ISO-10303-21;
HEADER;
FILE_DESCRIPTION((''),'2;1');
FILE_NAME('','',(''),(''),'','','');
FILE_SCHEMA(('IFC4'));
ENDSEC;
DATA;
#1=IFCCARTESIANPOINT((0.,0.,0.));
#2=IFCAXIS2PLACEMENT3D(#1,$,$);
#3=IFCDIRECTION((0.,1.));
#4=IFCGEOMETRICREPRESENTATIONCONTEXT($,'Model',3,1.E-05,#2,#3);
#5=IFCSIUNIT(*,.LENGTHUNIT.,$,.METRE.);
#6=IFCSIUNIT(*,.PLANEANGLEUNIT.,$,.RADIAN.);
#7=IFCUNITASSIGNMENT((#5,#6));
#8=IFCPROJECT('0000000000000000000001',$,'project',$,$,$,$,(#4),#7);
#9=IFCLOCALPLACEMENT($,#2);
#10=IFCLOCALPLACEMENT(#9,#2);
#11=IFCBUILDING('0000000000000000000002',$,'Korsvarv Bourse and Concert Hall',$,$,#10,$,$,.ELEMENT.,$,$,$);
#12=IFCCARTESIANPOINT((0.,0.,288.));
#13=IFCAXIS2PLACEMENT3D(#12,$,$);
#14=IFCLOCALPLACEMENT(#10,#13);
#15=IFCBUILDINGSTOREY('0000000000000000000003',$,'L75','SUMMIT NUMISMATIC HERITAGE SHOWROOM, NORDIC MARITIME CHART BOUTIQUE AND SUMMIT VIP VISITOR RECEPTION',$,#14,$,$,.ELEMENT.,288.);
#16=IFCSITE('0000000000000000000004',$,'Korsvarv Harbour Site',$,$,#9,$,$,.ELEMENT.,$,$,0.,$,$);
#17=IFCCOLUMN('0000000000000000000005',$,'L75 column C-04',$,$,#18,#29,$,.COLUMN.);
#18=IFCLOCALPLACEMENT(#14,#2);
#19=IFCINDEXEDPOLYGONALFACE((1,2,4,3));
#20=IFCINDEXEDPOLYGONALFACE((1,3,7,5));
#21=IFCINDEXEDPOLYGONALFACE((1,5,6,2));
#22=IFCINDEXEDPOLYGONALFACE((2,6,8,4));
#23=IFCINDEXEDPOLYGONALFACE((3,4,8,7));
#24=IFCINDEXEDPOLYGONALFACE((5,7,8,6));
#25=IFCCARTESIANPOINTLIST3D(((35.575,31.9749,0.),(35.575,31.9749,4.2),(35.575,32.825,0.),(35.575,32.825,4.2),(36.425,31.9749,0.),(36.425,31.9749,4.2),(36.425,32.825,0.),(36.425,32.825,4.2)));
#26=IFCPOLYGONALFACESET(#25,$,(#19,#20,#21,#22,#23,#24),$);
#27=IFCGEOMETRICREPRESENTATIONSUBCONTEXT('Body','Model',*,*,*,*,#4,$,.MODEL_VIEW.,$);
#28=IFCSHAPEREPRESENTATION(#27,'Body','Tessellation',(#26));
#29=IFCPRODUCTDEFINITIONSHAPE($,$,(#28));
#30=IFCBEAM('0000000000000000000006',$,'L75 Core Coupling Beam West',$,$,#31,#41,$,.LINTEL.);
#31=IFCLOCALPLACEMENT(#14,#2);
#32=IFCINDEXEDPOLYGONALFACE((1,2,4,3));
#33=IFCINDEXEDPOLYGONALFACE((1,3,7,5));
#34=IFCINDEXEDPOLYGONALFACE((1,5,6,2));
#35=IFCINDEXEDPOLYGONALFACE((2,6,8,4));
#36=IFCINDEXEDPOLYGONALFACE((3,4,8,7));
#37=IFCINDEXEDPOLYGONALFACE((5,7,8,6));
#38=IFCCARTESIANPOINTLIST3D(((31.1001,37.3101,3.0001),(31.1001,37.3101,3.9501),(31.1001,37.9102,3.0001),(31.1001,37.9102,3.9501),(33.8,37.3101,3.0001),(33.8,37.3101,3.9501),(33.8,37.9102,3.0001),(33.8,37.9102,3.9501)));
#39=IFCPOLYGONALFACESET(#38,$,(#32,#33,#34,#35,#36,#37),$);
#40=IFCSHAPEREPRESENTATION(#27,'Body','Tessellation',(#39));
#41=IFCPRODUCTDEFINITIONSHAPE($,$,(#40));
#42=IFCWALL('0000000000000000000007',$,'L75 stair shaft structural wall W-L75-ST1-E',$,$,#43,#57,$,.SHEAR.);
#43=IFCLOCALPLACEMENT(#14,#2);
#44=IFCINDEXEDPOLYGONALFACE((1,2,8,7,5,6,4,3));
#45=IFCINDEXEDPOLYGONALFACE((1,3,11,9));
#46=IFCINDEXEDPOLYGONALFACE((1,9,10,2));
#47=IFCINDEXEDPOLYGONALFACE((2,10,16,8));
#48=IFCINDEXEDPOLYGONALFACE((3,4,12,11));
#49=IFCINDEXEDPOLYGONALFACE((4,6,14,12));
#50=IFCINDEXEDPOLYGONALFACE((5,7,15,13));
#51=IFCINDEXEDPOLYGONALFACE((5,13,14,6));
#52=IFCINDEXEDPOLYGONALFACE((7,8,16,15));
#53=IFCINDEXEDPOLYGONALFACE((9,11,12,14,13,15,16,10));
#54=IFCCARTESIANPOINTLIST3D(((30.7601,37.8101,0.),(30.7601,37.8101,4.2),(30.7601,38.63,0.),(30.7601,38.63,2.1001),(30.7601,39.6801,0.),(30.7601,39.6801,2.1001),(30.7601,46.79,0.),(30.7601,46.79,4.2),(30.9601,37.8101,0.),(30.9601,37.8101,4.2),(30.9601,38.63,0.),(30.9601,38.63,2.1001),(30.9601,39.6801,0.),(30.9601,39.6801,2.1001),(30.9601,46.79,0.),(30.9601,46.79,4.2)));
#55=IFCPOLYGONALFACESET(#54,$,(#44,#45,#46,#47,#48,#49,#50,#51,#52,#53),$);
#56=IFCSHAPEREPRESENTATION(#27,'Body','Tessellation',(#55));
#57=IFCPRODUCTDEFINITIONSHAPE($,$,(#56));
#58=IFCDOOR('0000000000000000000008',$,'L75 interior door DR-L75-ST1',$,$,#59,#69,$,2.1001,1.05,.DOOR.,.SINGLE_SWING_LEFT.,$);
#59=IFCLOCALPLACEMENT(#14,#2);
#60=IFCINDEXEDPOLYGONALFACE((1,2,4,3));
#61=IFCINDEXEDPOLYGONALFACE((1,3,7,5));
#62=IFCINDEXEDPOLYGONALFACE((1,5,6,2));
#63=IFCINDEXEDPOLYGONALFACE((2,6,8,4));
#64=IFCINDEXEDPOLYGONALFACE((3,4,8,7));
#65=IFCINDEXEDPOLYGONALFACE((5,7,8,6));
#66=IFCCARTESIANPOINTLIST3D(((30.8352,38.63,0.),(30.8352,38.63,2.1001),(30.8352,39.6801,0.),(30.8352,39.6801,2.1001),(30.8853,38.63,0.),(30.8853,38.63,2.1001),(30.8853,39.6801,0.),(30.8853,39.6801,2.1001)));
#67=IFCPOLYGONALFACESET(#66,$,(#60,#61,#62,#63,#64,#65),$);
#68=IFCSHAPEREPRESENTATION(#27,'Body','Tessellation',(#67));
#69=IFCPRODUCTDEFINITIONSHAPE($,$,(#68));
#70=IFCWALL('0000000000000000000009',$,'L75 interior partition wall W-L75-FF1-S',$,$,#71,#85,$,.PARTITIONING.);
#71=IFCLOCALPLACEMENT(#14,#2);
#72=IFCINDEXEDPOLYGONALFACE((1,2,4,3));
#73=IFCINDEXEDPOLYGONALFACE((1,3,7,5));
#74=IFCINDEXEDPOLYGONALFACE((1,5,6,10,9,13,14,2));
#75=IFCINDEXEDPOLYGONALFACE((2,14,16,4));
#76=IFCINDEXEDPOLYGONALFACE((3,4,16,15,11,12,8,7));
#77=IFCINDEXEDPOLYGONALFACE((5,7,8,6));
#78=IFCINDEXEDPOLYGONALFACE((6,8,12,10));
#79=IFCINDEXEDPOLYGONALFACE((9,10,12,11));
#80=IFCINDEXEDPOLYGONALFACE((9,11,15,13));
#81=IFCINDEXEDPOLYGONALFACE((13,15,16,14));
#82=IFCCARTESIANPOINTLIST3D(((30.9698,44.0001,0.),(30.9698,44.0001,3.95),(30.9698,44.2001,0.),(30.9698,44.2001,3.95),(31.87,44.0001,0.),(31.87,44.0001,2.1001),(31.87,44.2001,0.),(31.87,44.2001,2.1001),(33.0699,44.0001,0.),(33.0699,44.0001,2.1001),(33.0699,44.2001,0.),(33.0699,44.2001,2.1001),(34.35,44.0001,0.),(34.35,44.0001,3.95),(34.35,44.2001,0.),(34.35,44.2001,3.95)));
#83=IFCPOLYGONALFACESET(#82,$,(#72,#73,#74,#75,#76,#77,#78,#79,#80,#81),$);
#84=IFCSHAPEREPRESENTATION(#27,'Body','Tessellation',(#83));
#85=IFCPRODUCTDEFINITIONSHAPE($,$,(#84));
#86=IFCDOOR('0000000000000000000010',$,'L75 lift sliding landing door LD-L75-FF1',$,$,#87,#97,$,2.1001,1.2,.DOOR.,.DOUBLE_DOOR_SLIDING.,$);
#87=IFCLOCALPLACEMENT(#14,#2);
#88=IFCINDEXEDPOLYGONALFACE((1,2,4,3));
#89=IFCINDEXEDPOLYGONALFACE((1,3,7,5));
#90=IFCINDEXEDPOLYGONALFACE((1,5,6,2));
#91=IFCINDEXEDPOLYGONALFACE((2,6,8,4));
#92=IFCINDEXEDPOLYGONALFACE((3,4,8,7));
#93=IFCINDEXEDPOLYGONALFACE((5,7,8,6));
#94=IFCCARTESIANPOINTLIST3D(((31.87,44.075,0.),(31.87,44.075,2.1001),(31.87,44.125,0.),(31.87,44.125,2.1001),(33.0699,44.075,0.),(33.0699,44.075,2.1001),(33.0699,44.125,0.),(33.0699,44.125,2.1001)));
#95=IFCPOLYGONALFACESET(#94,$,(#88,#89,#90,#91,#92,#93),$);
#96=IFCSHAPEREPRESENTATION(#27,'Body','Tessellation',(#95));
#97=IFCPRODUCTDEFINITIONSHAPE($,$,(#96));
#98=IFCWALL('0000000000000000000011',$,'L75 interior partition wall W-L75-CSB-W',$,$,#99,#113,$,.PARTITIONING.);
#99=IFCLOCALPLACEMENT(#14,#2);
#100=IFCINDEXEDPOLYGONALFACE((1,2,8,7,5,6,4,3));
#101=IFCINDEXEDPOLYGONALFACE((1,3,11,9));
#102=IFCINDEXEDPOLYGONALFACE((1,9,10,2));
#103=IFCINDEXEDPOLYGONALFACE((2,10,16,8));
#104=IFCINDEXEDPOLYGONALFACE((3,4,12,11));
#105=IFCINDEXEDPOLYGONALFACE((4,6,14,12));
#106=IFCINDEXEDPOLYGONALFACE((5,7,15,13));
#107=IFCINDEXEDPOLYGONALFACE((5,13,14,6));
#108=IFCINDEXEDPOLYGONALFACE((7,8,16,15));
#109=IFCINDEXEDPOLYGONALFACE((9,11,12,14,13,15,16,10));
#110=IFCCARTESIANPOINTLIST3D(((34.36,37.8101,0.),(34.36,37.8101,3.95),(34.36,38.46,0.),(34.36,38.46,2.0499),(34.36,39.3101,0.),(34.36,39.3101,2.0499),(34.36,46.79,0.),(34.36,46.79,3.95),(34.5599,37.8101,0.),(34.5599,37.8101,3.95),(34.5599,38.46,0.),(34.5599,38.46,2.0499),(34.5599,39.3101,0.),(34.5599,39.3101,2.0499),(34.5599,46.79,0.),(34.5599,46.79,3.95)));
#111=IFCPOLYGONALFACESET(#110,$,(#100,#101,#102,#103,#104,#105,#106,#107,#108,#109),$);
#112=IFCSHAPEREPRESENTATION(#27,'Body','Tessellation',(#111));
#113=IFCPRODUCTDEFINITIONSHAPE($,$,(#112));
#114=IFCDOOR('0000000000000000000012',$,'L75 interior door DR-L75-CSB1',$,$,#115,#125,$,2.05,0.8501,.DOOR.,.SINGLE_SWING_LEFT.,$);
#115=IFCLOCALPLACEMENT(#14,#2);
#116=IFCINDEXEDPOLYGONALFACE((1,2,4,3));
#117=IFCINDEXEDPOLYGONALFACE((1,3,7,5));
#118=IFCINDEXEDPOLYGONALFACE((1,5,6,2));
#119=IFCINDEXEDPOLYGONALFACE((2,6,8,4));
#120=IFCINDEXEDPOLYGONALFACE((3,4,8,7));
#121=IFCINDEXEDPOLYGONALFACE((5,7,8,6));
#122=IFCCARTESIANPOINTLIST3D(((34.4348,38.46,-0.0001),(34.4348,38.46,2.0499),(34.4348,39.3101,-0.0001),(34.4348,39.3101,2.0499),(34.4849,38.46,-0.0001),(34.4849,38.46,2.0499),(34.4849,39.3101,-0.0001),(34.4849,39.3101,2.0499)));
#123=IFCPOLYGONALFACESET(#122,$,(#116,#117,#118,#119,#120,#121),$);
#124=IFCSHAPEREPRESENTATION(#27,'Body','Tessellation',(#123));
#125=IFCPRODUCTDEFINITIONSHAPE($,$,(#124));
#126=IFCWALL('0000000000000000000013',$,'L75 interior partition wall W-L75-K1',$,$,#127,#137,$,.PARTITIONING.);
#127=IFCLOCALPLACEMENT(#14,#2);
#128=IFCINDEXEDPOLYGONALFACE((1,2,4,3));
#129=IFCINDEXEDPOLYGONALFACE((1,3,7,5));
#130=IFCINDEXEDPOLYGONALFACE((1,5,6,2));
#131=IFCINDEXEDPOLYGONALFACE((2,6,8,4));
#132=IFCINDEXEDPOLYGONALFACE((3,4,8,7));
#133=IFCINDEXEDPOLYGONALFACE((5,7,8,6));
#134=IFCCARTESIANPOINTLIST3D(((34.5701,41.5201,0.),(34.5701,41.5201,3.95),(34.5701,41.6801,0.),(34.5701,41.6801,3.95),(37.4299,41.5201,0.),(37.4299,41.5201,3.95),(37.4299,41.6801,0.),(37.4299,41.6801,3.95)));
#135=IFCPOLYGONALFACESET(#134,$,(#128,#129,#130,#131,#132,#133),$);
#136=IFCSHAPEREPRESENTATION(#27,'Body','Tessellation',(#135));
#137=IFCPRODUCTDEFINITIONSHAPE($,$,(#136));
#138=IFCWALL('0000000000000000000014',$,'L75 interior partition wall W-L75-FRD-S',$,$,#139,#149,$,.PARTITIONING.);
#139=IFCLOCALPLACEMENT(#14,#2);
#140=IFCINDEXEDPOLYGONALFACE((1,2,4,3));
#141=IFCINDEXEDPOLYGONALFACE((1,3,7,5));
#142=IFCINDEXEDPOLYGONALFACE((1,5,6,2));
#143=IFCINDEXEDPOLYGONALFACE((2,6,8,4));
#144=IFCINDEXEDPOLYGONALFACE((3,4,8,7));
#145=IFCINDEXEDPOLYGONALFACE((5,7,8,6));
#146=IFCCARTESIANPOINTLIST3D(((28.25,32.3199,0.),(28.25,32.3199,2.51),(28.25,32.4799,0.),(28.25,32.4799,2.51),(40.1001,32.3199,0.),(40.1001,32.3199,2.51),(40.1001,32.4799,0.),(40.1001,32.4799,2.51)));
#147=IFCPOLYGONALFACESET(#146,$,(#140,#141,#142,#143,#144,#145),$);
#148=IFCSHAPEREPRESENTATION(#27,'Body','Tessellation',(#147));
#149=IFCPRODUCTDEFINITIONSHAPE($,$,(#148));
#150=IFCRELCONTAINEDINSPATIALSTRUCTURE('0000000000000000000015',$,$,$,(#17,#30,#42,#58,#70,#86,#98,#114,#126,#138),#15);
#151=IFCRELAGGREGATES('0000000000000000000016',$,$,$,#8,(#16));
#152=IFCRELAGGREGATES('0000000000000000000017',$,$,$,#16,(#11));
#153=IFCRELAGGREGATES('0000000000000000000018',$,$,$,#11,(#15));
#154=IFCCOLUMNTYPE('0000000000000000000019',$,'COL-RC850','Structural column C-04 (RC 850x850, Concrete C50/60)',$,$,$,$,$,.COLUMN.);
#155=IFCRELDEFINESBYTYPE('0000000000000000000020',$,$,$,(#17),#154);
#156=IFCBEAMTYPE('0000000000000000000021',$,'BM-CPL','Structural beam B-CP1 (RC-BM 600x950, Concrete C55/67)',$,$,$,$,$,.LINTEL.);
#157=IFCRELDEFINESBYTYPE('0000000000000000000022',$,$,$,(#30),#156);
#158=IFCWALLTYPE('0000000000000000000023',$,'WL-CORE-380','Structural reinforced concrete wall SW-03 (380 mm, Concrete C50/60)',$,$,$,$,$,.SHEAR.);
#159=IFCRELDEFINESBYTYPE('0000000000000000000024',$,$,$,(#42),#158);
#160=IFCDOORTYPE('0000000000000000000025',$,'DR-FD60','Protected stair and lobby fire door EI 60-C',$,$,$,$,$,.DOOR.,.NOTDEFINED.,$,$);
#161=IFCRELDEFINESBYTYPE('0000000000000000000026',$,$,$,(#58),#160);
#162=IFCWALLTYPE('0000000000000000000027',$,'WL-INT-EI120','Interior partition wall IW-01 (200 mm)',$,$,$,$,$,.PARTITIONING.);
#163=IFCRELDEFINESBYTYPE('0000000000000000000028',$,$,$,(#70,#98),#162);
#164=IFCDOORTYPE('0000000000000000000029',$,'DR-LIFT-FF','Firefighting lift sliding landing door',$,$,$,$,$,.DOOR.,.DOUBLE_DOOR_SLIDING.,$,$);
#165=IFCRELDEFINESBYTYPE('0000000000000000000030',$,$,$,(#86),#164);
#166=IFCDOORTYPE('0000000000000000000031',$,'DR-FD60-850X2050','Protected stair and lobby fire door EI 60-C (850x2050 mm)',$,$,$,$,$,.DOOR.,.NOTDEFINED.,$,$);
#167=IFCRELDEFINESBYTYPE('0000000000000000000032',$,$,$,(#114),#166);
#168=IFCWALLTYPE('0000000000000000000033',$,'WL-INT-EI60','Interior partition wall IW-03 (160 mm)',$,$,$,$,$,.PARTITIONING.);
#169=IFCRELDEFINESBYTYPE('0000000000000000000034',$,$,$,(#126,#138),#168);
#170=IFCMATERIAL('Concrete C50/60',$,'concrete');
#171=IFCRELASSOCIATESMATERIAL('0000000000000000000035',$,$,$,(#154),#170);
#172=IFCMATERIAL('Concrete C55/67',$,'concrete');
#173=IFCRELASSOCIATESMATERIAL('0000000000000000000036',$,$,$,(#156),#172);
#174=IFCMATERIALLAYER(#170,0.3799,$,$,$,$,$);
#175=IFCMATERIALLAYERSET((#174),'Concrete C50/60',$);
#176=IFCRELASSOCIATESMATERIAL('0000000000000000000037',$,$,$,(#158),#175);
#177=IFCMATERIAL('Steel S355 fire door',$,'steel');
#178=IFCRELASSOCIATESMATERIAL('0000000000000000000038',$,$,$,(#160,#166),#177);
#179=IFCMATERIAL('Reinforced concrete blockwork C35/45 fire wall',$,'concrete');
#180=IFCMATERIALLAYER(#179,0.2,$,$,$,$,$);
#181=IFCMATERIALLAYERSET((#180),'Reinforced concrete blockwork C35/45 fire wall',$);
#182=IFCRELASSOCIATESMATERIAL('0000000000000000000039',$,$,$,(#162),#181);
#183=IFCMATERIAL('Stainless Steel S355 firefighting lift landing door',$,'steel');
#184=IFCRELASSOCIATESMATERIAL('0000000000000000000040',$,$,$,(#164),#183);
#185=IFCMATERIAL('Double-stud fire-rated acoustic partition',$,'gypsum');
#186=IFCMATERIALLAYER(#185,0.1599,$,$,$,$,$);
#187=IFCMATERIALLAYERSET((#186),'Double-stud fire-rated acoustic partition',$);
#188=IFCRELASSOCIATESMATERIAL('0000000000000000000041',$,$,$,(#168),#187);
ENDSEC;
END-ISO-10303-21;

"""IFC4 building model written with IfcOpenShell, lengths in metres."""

from ifc_helpers import new_model, si_unit, direction, frame, frame_2d, origin, origin_2d, place, context, subcontext, project, spatial, rectangle, extrude, source, transform, mapped, material, layer, layer_set, material_profile, profile_set, type_object, element, fill, save


model = new_model("IFC4")

# Units and contexts
model_context = context("Model", 3, precision=1e-05, world=origin(), true_north=direction((0.0, 1.0)))
body_context = subcontext(model_context, "Body", "Model", "MODEL_VIEW")
ifc_project = project(units=[si_unit("LENGTHUNIT", "METRE"), si_unit("PLANEANGLEUNIT", "RADIAN")], contexts=[model_context])

# Site, building, storey
site_placement = place(None, origin())
site = spatial("IfcSite", under=ifc_project, at=site_placement, Name="Korsvarv Harbour Site", CompositionType="ELEMENT", RefElevation=0.0)
building_placement = place(site_placement, origin())
building = spatial("IfcBuilding", under=site, at=building_placement, Name="Korsvarv Bourse and Concert Hall", CompositionType="ELEMENT")
storey_placement = place(building_placement, frame((0.0, 0.0, 288.0)))
storey = spatial("IfcBuildingStorey", under=building, at=storey_placement, Name="L75", Description="SUMMIT NUMISMATIC HERITAGE SHOWROOM, NORDIC MARITIME CHART BOUTIQUE AND SUMMIT VIP VISITOR RECEPTION", CompositionType="ELEMENT", Elevation=288.0)

# Column
ifc_material_1 = material(Name="Concrete C50/60", Category="concrete")
ifc_material_profile_1 = material_profile(ifc_material_1, rectangle(XDim=0.8501, YDim=0.8501, at=origin_2d()), Name="RC 850x850")
ifc_profile_set_1 = profile_set([ifc_material_profile_1], Name="Concrete C50/60")
column_type = type_object("IfcColumnType", Name="COL-RC850", Description="Structural column C-04 (RC 850x850, Concrete C50/60)", PredefinedType="COLUMN", material=ifc_profile_set_1)
shared_shape_1 = source(origin(), body_context, "Body", "SweptSolid", [
    extrude(rectangle(XDim=0.8501, YDim=0.8501, at=origin_2d()), origin(), (0.0, 0.0, 1.0), 4.2),
])
column_placement = place(storey_placement, frame((36.0, 32.3999, 0.0), z_axis=(0.0, 0.0, 1.0), x_axis=(1.0, 0.0, 0.0)))
element("IfcColumn", 1, at=column_placement, inside=storey, type_object=column_type, Name="L75 column C-04", PredefinedType="COLUMN", context=body_context, shape_type="MappedRepresentation", body=[
    mapped(shared_shape_1, transform((0.0, 0.0, 0.0), scale=1.0)),
])

# Beam
ifc_material_2 = material(Name="Concrete C55/67", Category="concrete")
ifc_material_profile_2 = material_profile(ifc_material_2, rectangle(XDim=0.6001, YDim=0.95, at=origin_2d()), Name="RC-BM 600x950")
ifc_profile_set_2 = profile_set([ifc_material_profile_2], Name="Concrete C55/67")
beam_type = type_object("IfcBeamType", Name="BM-CPL", Description="Structural beam B-CP1 (RC-BM 600x950, Concrete C55/67)", PredefinedType="LINTEL", material=ifc_profile_set_2)
shared_shape_2 = source(origin(), body_context, "Body", "SweptSolid", [
    extrude(rectangle(XDim=0.6001, YDim=0.95, at=origin_2d()), origin(), (0.0, 0.0, 1.0), 2.7),
])
beam_placement = place(storey_placement, frame((31.1001, 37.6101, 3.4751), z_axis=(1.0, 0.0, 0.0), x_axis=(0.0, 1.0, 0.0)))
element("IfcBeam", 2, at=beam_placement, inside=storey, type_object=beam_type, Name="L75 Core Coupling Beam West", PredefinedType="LINTEL", context=body_context, shape_type="MappedRepresentation", body=[
    mapped(shared_shape_2, transform((0.0, 0.0, 0.0), scale=1.0)),
])

# Walls, openings, doors
ifc_layer_1 = layer(ifc_material_1, 0.3799)
ifc_layer_set_1 = layer_set([ifc_layer_1], Name="Concrete C50/60")
wall_type_1 = type_object("IfcWallType", Name="WL-CORE-380", Description="Structural reinforced concrete wall SW-03 (380 mm, Concrete C50/60)", PredefinedType="SHEAR", material=ifc_layer_set_1)
wall_1_placement = place(storey_placement, frame((30.8601, 37.8101, 0.0), z_axis=(0.0, 0.0, 1.0), x_axis=(0.0, 1.0, 0.0)))
wall_1 = element("IfcWall", 3, at=wall_1_placement, inside=storey, type_object=wall_type_1, Name="L75 stair shaft structural wall W-L75-ST1-E", PredefinedType="SHEAR", context=body_context, shape_type="SweptSolid", body=[
    extrude(rectangle(XDim=8.98, YDim=0.2, at=frame_2d((4.49, 0.0))), origin(), (0.0, 0.0, 1.0), 4.2),
])
opening_1_placement = place(wall_1_placement, frame((0.8201, 0.0, 0.0)))
opening_1 = element("IfcOpeningElement", 4, at=opening_1_placement, cuts=wall_1, PredefinedType="OPENING", context=body_context, shape_type="SweptSolid", body=[
    extrude(rectangle(XDim=1.05, YDim=2.1001, at=frame_2d((0.5249, 1.05))), frame((0.0, 0.1099, 0.0), z_axis=(0.0, -1.0, 0.0), x_axis=(1.0, 0.0, 0.0)), (0.0, 0.0, 1.0), 0.22),
])
ifc_material_3 = material(Name="Steel S355 fire door", Category="steel")
door_type_1 = type_object("IfcDoorType", Name="DR-FD60", Description="Protected stair and lobby fire door EI 60-C", OperationType="NOTDEFINED", PredefinedType="DOOR", material=ifc_material_3)
door_1_placement = place(opening_1_placement, origin())
door_1 = element("IfcDoor", 5, at=door_1_placement, inside=storey, type_object=door_type_1, Name="L75 interior door DR-L75-ST1", OperationType="SINGLE_SWING_LEFT", OverallHeight=2.1001, OverallWidth=1.05, PredefinedType="DOOR", context=body_context, shape_type="SweptSolid", body=[
    extrude(rectangle(XDim=1.05, YDim=2.1001, at=frame_2d((0.5249, 1.05))), frame((0.0, 0.0249, 0.0), z_axis=(0.0, -1.0, 0.0), x_axis=(1.0, 0.0, 0.0)), (0.0, 0.0, 1.0), 0.05),
])
fill(opening_1, door_1)
ifc_material_4 = material(Name="Reinforced concrete blockwork C35/45 fire wall", Category="concrete")
ifc_layer_2 = layer(ifc_material_4, 0.2)
ifc_layer_set_2 = layer_set([ifc_layer_2], Name="Reinforced concrete blockwork C35/45 fire wall")
wall_type_2 = type_object("IfcWallType", Name="WL-INT-EI120", Description="Interior partition wall IW-01 (200 mm)", PredefinedType="PARTITIONING", material=ifc_layer_set_2)
wall_2_placement = place(storey_placement, frame((30.97, 44.1001, 0.0), z_axis=(0.0, 0.0, 1.0), x_axis=(1.0, 0.0, 0.0)))
wall_2 = element("IfcWall", 6, at=wall_2_placement, inside=storey, type_object=wall_type_2, Name="L75 interior partition wall W-L75-FF1-S", PredefinedType="PARTITIONING", context=body_context, shape_type="SweptSolid", body=[
    extrude(rectangle(XDim=3.3801, YDim=0.2, at=frame_2d((1.6899, 0.0))), origin(), (0.0, 0.0, 1.0), 3.95),
])
opening_2_placement = place(wall_2_placement, frame((0.8999, 0.0, 0.0)))
opening_2 = element("IfcOpeningElement", 7, at=opening_2_placement, cuts=wall_2, PredefinedType="OPENING", context=body_context, shape_type="SweptSolid", body=[
    extrude(rectangle(XDim=1.2, YDim=2.1001, at=frame_2d((0.6001, 1.05))), frame((0.0, 0.1099, 0.0), z_axis=(0.0, -1.0, 0.0), x_axis=(1.0, 0.0, 0.0)), (0.0, 0.0, 1.0), 0.22),
])
ifc_material_5 = material(Name="Stainless Steel S355 firefighting lift landing door", Category="steel")
door_type_2 = type_object("IfcDoorType", Name="DR-LIFT-FF", Description="Firefighting lift sliding landing door", OperationType="DOUBLE_DOOR_SLIDING", PredefinedType="DOOR", material=ifc_material_5)
door_2_placement = place(opening_2_placement, origin())
door_2 = element("IfcDoor", 8, at=door_2_placement, inside=storey, type_object=door_type_2, Name="L75 lift sliding landing door LD-L75-FF1", OperationType="DOUBLE_DOOR_SLIDING", OverallHeight=2.1001, OverallWidth=1.2, PredefinedType="DOOR", context=body_context, shape_type="SweptSolid", body=[
    extrude(rectangle(XDim=1.2, YDim=2.1001, at=frame_2d((0.6001, 1.05))), frame((0.0, 0.0249, 0.0), z_axis=(0.0, -1.0, 0.0), x_axis=(1.0, 0.0, 0.0)), (0.0, 0.0, 1.0), 0.05),
])
fill(opening_2, door_2)
wall_3_placement = place(storey_placement, frame((34.46, 37.8101, 0.0), z_axis=(0.0, 0.0, 1.0), x_axis=(0.0, 1.0, 0.0)))
wall_3 = element("IfcWall", 9, at=wall_3_placement, inside=storey, type_object=wall_type_2, Name="L75 interior partition wall W-L75-CSB-W", PredefinedType="PARTITIONING", context=body_context, shape_type="SweptSolid", body=[
    extrude(rectangle(XDim=8.98, YDim=0.2, at=frame_2d((4.49, 0.0))), origin(), (0.0, 0.0, 1.0), 3.95),
])
opening_3_placement = place(wall_3_placement, frame((0.6499, 0.0, 0.0)))
opening_3 = element("IfcOpeningElement", 10, at=opening_3_placement, cuts=wall_3, PredefinedType="OPENING", context=body_context, shape_type="SweptSolid", body=[
    extrude(rectangle(XDim=0.8501, YDim=2.05, at=frame_2d((0.425, 1.0249))), frame((0.0, 0.1099, 0.0), z_axis=(0.0, -1.0, 0.0), x_axis=(1.0, 0.0, 0.0)), (0.0, 0.0, 1.0), 0.22),
])
door_type_3 = type_object("IfcDoorType", Name="DR-FD60-850X2050", Description="Protected stair and lobby fire door EI 60-C (850x2050 mm)", OperationType="NOTDEFINED", PredefinedType="DOOR", material=ifc_material_3)
door_3_placement = place(opening_3_placement, frame((0.8501, 0.0, 0.0), z_axis=(0.0, 0.0, 1.0), x_axis=(-1.0, 0.0, 0.0)))
door_3 = element("IfcDoor", 11, at=door_3_placement, inside=storey, type_object=door_type_3, Name="L75 interior door DR-L75-CSB1", OperationType="SINGLE_SWING_LEFT", OverallHeight=2.05, OverallWidth=0.8501, PredefinedType="DOOR", context=body_context, shape_type="SweptSolid", body=[
    extrude(rectangle(XDim=0.8501, YDim=2.05, at=frame_2d((0.425, 1.0249))), frame((0.0, 0.0249, 0.0), z_axis=(0.0, -1.0, 0.0), x_axis=(1.0, 0.0, 0.0)), (0.0, 0.0, 1.0), 0.05),
])
fill(opening_3, door_3)

# Walls
ifc_material_6 = material(Name="Double-stud fire-rated acoustic partition", Category="gypsum")
ifc_layer_3 = layer(ifc_material_6, 0.1599)
ifc_layer_set_3 = layer_set([ifc_layer_3], Name="Double-stud fire-rated acoustic partition")
wall_type_3 = type_object("IfcWallType", Name="WL-INT-EI60", Description="Interior partition wall IW-03 (160 mm)", PredefinedType="PARTITIONING", material=ifc_layer_set_3)
wall_4_placement = place(storey_placement, frame((34.5701, 41.6001, 0.0), z_axis=(0.0, 0.0, 1.0), x_axis=(1.0, 0.0, 0.0)))
element("IfcWall", 12, at=wall_4_placement, inside=storey, type_object=wall_type_3, Name="L75 interior partition wall W-L75-K1", PredefinedType="PARTITIONING", context=body_context, shape_type="SweptSolid", body=[
    extrude(rectangle(XDim=2.8599, YDim=0.1599, at=frame_2d((1.4299, 0.0))), origin(), (0.0, 0.0, 1.0), 3.95),
])
wall_5_placement = place(storey_placement, frame((28.25, 32.3999, 0.0), z_axis=(0.0, 0.0, 1.0), x_axis=(1.0, 0.0, 0.0)))
element("IfcWall", 13, at=wall_5_placement, inside=storey, type_object=wall_type_3, Name="L75 interior partition wall W-L75-FRD-S", PredefinedType="PARTITIONING", context=body_context, shape_type="SweptSolid", body=[
    extrude(rectangle(XDim=11.8501, YDim=0.1599, at=frame_2d((5.925, 0.0))), origin(), (0.0, 0.0, 1.0), 2.51),
])

save(model, "model.ifc")
